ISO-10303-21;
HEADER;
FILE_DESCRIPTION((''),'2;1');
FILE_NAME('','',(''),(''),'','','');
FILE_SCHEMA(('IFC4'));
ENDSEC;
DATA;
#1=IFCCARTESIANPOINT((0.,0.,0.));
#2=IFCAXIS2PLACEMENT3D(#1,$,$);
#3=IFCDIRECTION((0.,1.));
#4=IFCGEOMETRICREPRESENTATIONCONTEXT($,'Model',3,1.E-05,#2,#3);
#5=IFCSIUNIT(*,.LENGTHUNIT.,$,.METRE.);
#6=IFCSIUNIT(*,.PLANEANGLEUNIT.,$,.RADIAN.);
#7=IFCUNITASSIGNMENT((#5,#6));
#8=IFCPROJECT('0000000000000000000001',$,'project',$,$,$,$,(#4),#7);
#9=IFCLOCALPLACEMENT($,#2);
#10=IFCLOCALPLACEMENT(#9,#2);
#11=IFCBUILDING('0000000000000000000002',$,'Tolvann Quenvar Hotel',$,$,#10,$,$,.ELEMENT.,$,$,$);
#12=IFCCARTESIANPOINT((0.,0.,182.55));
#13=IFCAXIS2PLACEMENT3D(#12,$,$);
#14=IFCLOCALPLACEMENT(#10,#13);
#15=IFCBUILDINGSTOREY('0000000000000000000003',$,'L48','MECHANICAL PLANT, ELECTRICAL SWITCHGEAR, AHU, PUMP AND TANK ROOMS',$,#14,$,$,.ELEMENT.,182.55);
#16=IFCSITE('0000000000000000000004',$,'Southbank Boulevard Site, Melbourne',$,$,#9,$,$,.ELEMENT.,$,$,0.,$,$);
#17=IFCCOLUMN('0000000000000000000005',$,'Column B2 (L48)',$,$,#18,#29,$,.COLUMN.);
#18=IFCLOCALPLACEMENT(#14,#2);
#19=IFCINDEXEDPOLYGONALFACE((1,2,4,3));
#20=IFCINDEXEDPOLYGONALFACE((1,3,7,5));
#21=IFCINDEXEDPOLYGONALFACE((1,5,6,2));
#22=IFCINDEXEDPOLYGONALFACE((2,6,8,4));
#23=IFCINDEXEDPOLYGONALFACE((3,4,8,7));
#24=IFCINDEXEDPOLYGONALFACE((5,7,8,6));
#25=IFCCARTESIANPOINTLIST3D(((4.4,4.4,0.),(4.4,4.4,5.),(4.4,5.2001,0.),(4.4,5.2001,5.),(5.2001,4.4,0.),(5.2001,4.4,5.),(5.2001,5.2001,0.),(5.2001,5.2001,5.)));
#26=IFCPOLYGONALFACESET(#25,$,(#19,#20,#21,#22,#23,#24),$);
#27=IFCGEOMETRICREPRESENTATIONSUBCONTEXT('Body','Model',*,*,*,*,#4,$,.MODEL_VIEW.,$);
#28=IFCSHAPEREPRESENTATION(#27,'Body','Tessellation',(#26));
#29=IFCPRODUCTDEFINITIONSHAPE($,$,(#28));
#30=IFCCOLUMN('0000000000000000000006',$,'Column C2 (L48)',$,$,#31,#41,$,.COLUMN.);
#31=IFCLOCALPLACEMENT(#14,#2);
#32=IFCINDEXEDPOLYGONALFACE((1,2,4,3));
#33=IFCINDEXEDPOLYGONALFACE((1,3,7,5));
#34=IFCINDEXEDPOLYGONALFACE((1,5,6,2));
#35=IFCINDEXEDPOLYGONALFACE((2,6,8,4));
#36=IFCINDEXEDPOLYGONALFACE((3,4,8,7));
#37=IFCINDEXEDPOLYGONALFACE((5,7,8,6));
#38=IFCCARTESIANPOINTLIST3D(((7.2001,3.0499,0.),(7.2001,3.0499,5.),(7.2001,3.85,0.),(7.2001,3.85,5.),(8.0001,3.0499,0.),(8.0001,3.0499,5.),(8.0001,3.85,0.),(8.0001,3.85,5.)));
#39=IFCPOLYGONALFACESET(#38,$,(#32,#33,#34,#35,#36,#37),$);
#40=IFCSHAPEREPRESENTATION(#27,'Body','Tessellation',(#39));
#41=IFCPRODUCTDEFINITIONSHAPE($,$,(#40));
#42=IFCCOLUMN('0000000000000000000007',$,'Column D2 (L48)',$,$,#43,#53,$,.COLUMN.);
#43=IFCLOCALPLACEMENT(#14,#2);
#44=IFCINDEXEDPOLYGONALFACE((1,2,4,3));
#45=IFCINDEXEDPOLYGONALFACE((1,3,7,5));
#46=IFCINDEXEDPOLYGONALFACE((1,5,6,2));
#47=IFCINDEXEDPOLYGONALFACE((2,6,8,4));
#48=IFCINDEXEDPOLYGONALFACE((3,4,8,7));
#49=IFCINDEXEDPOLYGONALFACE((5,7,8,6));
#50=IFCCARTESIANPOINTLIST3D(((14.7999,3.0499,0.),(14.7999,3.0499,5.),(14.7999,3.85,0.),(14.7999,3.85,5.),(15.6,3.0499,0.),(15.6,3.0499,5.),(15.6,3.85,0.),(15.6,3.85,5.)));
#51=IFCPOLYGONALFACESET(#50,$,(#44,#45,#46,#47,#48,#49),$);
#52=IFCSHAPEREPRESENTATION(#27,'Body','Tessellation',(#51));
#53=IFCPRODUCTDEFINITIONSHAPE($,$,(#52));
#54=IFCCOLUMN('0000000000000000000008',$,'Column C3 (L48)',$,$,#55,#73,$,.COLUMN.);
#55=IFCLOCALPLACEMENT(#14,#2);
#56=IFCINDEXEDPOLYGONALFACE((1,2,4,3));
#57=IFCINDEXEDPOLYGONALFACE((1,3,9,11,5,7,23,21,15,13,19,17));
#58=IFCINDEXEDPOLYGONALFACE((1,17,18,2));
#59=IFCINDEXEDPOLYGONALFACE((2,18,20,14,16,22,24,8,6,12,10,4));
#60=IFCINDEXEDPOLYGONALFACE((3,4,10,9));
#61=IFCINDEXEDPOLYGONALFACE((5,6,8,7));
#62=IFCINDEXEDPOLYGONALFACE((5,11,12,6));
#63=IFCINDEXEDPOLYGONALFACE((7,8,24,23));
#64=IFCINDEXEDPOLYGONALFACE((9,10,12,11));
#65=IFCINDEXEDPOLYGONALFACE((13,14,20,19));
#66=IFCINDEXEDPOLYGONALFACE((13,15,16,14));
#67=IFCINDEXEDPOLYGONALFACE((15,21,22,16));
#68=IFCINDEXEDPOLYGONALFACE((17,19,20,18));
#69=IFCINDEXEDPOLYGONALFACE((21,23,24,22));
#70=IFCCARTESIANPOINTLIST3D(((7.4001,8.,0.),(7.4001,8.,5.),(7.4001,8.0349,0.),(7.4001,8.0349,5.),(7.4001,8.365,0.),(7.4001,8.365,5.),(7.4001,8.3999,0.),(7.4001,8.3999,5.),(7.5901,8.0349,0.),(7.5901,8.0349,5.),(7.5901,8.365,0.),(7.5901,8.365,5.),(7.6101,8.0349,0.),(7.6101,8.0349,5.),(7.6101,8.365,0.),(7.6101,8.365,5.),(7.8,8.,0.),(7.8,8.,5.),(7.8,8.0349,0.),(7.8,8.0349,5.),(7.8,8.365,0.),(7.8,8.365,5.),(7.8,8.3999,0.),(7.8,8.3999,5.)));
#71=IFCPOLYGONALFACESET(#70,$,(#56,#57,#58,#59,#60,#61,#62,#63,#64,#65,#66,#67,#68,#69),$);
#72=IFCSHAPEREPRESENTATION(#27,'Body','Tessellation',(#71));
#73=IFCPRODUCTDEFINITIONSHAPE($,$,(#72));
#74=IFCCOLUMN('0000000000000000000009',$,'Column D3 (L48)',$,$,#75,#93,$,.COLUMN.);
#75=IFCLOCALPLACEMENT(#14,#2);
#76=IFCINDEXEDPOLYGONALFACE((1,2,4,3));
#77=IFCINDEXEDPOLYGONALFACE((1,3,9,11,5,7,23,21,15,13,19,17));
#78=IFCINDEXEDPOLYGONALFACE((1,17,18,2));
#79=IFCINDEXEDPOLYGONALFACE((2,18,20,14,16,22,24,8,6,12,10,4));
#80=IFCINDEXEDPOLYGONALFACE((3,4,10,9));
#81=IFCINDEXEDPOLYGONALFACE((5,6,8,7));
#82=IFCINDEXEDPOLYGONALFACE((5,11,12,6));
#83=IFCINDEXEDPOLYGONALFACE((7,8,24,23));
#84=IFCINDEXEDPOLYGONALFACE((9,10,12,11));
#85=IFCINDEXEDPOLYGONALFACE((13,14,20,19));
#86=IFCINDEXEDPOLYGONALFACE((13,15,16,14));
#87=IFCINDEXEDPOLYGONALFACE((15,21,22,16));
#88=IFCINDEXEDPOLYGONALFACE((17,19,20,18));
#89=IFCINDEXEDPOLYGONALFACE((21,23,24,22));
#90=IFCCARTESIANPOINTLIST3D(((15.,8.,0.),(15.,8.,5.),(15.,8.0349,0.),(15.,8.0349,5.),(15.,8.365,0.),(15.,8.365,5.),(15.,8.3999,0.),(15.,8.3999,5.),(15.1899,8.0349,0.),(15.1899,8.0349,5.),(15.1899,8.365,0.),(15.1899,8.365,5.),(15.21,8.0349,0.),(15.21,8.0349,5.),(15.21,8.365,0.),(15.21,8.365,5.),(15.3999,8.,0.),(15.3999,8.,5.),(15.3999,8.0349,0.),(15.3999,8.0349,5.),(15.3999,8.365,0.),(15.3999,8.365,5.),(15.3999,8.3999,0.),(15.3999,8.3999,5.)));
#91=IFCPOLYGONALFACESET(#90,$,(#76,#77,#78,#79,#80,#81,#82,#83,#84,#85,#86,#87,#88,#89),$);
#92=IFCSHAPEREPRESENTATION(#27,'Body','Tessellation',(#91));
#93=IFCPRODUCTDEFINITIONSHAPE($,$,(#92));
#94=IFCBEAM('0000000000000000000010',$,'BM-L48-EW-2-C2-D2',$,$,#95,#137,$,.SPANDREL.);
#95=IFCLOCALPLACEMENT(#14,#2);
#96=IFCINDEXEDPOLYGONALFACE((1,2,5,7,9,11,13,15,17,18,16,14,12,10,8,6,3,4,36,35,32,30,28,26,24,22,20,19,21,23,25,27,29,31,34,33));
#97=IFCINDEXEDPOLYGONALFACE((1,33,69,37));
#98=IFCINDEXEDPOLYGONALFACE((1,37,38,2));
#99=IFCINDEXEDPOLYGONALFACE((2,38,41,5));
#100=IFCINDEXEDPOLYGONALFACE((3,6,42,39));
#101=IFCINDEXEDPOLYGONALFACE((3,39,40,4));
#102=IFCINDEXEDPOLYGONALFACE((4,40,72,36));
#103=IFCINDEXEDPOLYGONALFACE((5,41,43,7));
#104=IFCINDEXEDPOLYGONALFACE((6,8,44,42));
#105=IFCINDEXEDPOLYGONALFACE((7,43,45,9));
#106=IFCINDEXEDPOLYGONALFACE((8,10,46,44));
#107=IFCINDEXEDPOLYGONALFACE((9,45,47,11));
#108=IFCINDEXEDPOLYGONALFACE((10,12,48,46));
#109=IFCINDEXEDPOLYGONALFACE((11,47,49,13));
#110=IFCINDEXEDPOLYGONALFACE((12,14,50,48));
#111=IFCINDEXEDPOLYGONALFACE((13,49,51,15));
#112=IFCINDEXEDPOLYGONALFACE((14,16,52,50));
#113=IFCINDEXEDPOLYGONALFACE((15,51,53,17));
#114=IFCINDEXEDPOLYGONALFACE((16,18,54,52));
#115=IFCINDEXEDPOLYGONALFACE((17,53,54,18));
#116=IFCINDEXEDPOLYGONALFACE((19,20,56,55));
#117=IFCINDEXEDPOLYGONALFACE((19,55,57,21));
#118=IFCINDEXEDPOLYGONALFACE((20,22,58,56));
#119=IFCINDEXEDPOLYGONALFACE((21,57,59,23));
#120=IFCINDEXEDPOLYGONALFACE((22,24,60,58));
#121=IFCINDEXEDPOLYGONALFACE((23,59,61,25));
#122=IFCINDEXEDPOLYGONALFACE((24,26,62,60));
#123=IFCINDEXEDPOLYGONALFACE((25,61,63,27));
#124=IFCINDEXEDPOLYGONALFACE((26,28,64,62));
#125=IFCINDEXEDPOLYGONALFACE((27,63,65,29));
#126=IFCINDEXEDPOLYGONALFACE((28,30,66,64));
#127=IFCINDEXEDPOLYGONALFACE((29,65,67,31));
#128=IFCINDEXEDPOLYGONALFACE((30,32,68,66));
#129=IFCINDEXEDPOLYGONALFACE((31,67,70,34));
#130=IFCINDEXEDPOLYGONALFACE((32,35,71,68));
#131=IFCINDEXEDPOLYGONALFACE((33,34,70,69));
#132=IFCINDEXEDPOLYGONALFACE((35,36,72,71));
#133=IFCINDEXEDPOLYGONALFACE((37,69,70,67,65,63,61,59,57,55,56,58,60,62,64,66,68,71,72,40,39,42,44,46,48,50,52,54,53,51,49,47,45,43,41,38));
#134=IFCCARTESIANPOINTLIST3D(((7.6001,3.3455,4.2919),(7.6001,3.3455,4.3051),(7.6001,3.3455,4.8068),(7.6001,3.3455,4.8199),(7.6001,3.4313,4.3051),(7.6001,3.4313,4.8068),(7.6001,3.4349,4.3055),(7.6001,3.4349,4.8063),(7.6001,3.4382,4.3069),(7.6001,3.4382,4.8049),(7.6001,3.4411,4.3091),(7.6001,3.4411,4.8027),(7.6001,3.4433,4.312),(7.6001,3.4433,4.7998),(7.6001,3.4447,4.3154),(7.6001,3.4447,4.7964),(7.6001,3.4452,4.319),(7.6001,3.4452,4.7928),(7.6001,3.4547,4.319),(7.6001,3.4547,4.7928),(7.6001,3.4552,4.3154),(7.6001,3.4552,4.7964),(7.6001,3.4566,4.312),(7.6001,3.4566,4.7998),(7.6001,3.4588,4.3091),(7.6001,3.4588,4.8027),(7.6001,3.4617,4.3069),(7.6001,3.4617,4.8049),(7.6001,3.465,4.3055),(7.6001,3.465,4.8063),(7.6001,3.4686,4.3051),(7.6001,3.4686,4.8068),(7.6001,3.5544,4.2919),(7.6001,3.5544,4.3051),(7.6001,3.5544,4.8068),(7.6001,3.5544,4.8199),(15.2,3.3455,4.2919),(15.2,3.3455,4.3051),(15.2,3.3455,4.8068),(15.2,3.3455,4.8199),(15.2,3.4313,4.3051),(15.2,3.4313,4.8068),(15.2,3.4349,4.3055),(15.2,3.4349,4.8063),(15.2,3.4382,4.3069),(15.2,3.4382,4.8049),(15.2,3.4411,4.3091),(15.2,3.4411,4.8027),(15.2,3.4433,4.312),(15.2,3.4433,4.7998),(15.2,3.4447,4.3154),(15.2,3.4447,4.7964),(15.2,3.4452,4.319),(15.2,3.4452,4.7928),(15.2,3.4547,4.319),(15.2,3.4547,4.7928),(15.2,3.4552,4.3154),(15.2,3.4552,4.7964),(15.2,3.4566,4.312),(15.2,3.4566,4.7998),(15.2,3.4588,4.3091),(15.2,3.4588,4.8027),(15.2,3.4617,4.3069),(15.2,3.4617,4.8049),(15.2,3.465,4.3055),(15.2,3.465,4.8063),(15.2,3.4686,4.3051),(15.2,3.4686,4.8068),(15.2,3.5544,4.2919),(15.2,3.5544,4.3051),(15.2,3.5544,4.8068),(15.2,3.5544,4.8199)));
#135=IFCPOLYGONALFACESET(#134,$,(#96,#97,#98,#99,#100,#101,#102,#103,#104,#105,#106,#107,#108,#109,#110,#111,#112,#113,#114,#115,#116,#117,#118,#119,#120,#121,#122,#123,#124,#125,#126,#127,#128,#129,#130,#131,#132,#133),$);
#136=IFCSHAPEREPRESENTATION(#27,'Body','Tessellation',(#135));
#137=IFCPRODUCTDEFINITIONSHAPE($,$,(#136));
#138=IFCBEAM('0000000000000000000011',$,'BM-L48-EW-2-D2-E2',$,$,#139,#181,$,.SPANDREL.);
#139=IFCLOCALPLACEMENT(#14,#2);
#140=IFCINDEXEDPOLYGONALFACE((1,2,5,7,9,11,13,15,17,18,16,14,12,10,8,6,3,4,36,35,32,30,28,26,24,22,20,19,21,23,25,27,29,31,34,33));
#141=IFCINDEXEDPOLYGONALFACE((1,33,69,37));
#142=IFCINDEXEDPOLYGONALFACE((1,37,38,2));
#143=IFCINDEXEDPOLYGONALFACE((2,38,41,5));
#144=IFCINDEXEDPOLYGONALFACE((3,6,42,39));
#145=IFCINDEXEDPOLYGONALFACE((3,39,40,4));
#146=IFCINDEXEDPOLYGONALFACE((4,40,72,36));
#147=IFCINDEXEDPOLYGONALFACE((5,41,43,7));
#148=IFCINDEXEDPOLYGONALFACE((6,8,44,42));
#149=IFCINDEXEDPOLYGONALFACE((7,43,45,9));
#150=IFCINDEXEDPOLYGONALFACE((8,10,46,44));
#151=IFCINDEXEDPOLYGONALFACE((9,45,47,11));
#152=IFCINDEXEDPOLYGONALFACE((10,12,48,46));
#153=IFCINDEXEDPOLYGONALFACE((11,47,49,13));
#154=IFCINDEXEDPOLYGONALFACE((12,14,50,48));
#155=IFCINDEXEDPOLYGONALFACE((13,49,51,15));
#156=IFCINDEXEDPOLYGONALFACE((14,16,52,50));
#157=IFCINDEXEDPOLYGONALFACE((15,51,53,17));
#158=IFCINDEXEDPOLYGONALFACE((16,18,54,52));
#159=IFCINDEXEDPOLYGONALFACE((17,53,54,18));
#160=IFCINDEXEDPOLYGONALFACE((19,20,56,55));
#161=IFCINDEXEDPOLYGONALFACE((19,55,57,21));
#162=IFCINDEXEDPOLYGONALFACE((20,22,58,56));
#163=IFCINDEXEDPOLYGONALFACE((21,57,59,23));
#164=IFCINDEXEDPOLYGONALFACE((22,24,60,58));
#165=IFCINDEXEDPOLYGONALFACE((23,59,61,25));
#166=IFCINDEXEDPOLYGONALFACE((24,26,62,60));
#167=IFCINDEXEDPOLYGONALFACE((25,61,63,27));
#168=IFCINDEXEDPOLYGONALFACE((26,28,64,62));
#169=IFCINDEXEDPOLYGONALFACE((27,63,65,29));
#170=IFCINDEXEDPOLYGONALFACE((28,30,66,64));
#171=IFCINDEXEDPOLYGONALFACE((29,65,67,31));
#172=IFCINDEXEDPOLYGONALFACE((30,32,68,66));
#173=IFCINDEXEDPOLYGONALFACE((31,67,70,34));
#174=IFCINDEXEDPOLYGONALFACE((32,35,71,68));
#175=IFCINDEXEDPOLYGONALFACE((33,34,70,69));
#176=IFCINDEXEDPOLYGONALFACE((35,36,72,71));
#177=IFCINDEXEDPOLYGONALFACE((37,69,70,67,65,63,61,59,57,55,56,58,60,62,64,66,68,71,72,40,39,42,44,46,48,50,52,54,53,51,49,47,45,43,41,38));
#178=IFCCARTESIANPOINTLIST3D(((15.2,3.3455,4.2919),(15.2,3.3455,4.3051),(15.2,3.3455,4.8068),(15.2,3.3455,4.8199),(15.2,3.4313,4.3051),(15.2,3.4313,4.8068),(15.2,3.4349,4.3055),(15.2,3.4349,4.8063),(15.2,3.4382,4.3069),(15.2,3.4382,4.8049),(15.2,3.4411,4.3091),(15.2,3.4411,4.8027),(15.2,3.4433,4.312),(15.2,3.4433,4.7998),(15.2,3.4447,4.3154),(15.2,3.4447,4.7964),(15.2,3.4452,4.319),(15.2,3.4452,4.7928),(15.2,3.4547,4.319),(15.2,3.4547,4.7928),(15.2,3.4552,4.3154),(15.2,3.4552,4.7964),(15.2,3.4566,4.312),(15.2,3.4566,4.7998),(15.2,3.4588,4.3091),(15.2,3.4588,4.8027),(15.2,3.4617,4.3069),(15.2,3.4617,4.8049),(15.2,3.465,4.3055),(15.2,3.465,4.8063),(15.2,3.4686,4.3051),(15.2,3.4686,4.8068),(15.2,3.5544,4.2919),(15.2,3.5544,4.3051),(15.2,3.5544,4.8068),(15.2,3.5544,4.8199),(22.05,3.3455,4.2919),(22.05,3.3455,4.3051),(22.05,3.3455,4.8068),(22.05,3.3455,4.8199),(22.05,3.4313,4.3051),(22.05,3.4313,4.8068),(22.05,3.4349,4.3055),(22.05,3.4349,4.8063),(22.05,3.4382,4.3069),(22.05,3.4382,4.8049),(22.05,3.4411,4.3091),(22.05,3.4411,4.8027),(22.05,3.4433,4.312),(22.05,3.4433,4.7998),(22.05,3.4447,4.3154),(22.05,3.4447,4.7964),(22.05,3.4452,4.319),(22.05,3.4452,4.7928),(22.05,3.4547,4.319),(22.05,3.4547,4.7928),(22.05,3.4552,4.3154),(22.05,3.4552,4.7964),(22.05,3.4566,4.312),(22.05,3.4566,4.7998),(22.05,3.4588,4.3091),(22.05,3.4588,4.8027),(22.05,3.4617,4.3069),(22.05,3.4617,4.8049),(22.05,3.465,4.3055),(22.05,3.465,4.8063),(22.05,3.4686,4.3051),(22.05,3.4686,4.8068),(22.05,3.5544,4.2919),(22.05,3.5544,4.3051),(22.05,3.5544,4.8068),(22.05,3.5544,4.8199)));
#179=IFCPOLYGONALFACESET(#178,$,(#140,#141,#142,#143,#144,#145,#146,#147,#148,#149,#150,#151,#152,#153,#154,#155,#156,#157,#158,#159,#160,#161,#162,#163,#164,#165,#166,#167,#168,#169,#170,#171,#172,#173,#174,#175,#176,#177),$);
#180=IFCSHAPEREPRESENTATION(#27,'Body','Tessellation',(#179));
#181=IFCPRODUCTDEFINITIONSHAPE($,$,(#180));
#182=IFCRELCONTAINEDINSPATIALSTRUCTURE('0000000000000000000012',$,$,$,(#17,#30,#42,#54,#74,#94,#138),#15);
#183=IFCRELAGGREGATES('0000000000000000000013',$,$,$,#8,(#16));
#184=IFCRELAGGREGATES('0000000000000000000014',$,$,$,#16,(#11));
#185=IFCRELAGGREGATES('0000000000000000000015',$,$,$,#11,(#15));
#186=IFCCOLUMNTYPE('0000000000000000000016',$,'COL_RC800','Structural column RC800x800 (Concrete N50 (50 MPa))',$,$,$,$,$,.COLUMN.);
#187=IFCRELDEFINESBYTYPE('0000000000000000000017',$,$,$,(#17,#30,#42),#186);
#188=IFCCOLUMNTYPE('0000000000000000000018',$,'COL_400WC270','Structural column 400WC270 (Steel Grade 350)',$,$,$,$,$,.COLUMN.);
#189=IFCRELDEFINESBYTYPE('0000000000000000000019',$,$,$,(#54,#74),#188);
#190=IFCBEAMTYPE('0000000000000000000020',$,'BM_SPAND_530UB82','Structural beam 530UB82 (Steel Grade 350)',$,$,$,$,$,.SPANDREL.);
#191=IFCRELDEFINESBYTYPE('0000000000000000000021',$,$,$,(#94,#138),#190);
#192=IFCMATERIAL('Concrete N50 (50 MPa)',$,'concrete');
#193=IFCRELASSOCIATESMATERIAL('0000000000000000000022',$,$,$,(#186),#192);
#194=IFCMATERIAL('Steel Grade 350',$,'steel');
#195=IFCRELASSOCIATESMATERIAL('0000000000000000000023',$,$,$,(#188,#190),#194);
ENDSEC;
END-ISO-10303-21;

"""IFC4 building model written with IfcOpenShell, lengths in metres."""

from ifc_helpers import new_model, si_unit, direction, frame, origin, origin_2d, place, context, subcontext, project, spatial, rectangle, i_section, extrude, source, transform, mapped, material, material_profile, profile_set, type_object, type_shapes, element, save


model = new_model("IFC4")

# Units and contexts
model_context = context("Model", 3, precision=1e-05, world=origin(), true_north=direction((0.0, 1.0)))
body_context = subcontext(model_context, "Body", "Model", "MODEL_VIEW")
ifc_project = project(units=[si_unit("LENGTHUNIT", "METRE"), si_unit("PLANEANGLEUNIT", "RADIAN")], contexts=[model_context])

# Site, building, storey
site_placement = place(None, origin())
site = spatial("IfcSite", under=ifc_project, at=site_placement, Name="Southbank Boulevard Site, Melbourne", CompositionType="ELEMENT", RefElevation=0.0)
building_placement = place(site_placement, origin())
building = spatial("IfcBuilding", under=site, at=building_placement, Name="Tolvann Quenvar Hotel", CompositionType="ELEMENT")
storey_placement = place(building_placement, frame((0.0, 0.0, 182.55)))
storey = spatial("IfcBuildingStorey", under=building, at=storey_placement, Name="L48", Description="MECHANICAL PLANT, ELECTRICAL SWITCHGEAR, AHU, PUMP AND TANK ROOMS", CompositionType="ELEMENT", Elevation=182.55)

# Columns
ifc_material_1 = material(Name="Concrete N50 (50 MPa)", Category="concrete")
ifc_material_profile_1 = material_profile(ifc_material_1, rectangle(XDim=0.8, YDim=0.8, at=origin_2d()), Name="RC800x800")
ifc_profile_set_1 = profile_set([ifc_material_profile_1], Name="Concrete N50 (50 MPa)")
column_type_1 = type_object("IfcColumnType", Name="COL_RC800", Description="Structural column RC800x800 (Concrete N50 (50 MPa))", PredefinedType="COLUMN", material=ifc_profile_set_1)
shared_shape_1 = source(origin(), body_context, "Body", "SweptSolid", [
    extrude(rectangle(XDim=0.8, YDim=0.8, at=origin_2d()), origin(), (0.0, 0.0, 1.0), 5.0),
])
type_shapes(column_type_1, [shared_shape_1])
for number, where, z_axis, x_axis, name in (
    (1, (4.8, 4.8, 0.0), (0.0, 0.0, 1.0), (1.0, 0.0, 0.0), "Column B2 (L48)"),
    (2, (7.6001, 3.45, 0.0), (0.0, 0.0, 1.0), (1.0, 0.0, 0.0), "Column C2 (L48)"),
    (3, (15.2, 3.45, 0.0), (0.0, 0.0, 1.0), (1.0, 0.0, 0.0), "Column D2 (L48)"),
):
    element("IfcColumn", number, at=place(storey_placement, frame(where, z_axis=z_axis, x_axis=x_axis)), inside=storey, type_object=column_type_1, Name=name, PredefinedType="COLUMN", context=body_context, shape_type="MappedRepresentation", body=[
        mapped(shared_shape_1, transform((0.0, 0.0, 0.0), x_axis=(1.0, 0.0, 0.0), y_axis=(0.0, 1.0, 0.0), z_axis=(0.0, 0.0, 1.0), scale=1.0)),
    ])
ifc_material_2 = material(Name="Steel Grade 350", Category="steel")
ifc_material_profile_2 = material_profile(ifc_material_2, i_section(OverallWidth=0.3999, OverallDepth=0.3999, WebThickness=0.02, FlangeThickness=0.0349, at=origin_2d()), Name="400WC270")
ifc_profile_set_2 = profile_set([ifc_material_profile_2], Name="Steel Grade 350")
column_type_2 = type_object("IfcColumnType", Name="COL_400WC270", Description="Structural column 400WC270 (Steel Grade 350)", PredefinedType="COLUMN", material=ifc_profile_set_2)
shared_shape_2 = source(origin(), body_context, "Body", "SweptSolid", [
    extrude(i_section(OverallWidth=0.3999, OverallDepth=0.3999, WebThickness=0.02, FlangeThickness=0.0349, at=origin_2d()), origin(), (0.0, 0.0, 1.0), 5.0),
])
type_shapes(column_type_2, [shared_shape_2])
for number, where, z_axis, x_axis, name in (
    (4, (7.6001, 8.2, 0.0), (0.0, 0.0, 1.0), (1.0, 0.0, 0.0), "Column C3 (L48)"),
    (5, (15.2, 8.2, 0.0), (0.0, 0.0, 1.0), (1.0, 0.0, 0.0), "Column D3 (L48)"),
):
    element("IfcColumn", number, at=place(storey_placement, frame(where, z_axis=z_axis, x_axis=x_axis)), inside=storey, type_object=column_type_2, Name=name, PredefinedType="COLUMN", context=body_context, shape_type="MappedRepresentation", body=[
        mapped(shared_shape_2, transform((0.0, 0.0, 0.0), x_axis=(1.0, 0.0, 0.0), y_axis=(0.0, 1.0, 0.0), z_axis=(0.0, 0.0, 1.0), scale=1.0)),
    ])

# Beams
ifc_material_profile_3 = material_profile(ifc_material_2, i_section(OverallWidth=0.209, OverallDepth=0.5281, WebThickness=0.0095, FlangeThickness=0.0132, FilletRadius=0.0139, at=origin_2d()), Name="530UB82")
ifc_profile_set_3 = profile_set([ifc_material_profile_3], Name="Steel Grade 350")
beam_type_1 = type_object("IfcBeamType", Name="BM_SPAND_530UB82", Description="Structural beam 530UB82 (Steel Grade 350)", PredefinedType="SPANDREL", material=ifc_profile_set_3)
shared_shape_3 = source(origin(), body_context, "Body", "SweptSolid", [
    extrude(i_section(OverallWidth=0.209, OverallDepth=0.5281, WebThickness=0.0095, FlangeThickness=0.0132, FilletRadius=0.0139, at=origin_2d()), origin(), (0.0, 0.0, 1.0), 7.5999),
])
beam_1_placement = place(storey_placement, frame((7.6001, 3.45, 4.5559), z_axis=(1.0, 0.0, 0.0), x_axis=(0.0, 1.0, 0.0)))
element("IfcBeam", 6, at=beam_1_placement, inside=storey, type_object=beam_type_1, Name="BM-L48-EW-2-C2-D2", PredefinedType="SPANDREL", context=body_context, shape_type="MappedRepresentation", body=[
    mapped(shared_shape_3, transform((0.0, 0.0, 0.0), x_axis=(1.0, 0.0, 0.0), y_axis=(0.0, 1.0, 0.0), z_axis=(0.0, 0.0, 1.0), scale=1.0)),
])
shared_shape_4 = source(origin(), body_context, "Body", "SweptSolid", [
    extrude(i_section(OverallWidth=0.209, OverallDepth=0.5281, WebThickness=0.0095, FlangeThickness=0.0132, FilletRadius=0.0139, at=origin_2d()), origin(), (0.0, 0.0, 1.0), 6.8501),
])
beam_2_placement = place(storey_placement, frame((15.2, 3.45, 4.5559), z_axis=(1.0, 0.0, 0.0), x_axis=(0.0, 1.0, 0.0)))
element("IfcBeam", 7, at=beam_2_placement, inside=storey, type_object=beam_type_1, Name="BM-L48-EW-2-D2-E2", PredefinedType="SPANDREL", context=body_context, shape_type="MappedRepresentation", body=[
    mapped(shared_shape_4, transform((0.0, 0.0, 0.0), x_axis=(1.0, 0.0, 0.0), y_axis=(0.0, 1.0, 0.0), z_axis=(0.0, 0.0, 1.0), scale=1.0)),
])

save(model, "model.ifc")
